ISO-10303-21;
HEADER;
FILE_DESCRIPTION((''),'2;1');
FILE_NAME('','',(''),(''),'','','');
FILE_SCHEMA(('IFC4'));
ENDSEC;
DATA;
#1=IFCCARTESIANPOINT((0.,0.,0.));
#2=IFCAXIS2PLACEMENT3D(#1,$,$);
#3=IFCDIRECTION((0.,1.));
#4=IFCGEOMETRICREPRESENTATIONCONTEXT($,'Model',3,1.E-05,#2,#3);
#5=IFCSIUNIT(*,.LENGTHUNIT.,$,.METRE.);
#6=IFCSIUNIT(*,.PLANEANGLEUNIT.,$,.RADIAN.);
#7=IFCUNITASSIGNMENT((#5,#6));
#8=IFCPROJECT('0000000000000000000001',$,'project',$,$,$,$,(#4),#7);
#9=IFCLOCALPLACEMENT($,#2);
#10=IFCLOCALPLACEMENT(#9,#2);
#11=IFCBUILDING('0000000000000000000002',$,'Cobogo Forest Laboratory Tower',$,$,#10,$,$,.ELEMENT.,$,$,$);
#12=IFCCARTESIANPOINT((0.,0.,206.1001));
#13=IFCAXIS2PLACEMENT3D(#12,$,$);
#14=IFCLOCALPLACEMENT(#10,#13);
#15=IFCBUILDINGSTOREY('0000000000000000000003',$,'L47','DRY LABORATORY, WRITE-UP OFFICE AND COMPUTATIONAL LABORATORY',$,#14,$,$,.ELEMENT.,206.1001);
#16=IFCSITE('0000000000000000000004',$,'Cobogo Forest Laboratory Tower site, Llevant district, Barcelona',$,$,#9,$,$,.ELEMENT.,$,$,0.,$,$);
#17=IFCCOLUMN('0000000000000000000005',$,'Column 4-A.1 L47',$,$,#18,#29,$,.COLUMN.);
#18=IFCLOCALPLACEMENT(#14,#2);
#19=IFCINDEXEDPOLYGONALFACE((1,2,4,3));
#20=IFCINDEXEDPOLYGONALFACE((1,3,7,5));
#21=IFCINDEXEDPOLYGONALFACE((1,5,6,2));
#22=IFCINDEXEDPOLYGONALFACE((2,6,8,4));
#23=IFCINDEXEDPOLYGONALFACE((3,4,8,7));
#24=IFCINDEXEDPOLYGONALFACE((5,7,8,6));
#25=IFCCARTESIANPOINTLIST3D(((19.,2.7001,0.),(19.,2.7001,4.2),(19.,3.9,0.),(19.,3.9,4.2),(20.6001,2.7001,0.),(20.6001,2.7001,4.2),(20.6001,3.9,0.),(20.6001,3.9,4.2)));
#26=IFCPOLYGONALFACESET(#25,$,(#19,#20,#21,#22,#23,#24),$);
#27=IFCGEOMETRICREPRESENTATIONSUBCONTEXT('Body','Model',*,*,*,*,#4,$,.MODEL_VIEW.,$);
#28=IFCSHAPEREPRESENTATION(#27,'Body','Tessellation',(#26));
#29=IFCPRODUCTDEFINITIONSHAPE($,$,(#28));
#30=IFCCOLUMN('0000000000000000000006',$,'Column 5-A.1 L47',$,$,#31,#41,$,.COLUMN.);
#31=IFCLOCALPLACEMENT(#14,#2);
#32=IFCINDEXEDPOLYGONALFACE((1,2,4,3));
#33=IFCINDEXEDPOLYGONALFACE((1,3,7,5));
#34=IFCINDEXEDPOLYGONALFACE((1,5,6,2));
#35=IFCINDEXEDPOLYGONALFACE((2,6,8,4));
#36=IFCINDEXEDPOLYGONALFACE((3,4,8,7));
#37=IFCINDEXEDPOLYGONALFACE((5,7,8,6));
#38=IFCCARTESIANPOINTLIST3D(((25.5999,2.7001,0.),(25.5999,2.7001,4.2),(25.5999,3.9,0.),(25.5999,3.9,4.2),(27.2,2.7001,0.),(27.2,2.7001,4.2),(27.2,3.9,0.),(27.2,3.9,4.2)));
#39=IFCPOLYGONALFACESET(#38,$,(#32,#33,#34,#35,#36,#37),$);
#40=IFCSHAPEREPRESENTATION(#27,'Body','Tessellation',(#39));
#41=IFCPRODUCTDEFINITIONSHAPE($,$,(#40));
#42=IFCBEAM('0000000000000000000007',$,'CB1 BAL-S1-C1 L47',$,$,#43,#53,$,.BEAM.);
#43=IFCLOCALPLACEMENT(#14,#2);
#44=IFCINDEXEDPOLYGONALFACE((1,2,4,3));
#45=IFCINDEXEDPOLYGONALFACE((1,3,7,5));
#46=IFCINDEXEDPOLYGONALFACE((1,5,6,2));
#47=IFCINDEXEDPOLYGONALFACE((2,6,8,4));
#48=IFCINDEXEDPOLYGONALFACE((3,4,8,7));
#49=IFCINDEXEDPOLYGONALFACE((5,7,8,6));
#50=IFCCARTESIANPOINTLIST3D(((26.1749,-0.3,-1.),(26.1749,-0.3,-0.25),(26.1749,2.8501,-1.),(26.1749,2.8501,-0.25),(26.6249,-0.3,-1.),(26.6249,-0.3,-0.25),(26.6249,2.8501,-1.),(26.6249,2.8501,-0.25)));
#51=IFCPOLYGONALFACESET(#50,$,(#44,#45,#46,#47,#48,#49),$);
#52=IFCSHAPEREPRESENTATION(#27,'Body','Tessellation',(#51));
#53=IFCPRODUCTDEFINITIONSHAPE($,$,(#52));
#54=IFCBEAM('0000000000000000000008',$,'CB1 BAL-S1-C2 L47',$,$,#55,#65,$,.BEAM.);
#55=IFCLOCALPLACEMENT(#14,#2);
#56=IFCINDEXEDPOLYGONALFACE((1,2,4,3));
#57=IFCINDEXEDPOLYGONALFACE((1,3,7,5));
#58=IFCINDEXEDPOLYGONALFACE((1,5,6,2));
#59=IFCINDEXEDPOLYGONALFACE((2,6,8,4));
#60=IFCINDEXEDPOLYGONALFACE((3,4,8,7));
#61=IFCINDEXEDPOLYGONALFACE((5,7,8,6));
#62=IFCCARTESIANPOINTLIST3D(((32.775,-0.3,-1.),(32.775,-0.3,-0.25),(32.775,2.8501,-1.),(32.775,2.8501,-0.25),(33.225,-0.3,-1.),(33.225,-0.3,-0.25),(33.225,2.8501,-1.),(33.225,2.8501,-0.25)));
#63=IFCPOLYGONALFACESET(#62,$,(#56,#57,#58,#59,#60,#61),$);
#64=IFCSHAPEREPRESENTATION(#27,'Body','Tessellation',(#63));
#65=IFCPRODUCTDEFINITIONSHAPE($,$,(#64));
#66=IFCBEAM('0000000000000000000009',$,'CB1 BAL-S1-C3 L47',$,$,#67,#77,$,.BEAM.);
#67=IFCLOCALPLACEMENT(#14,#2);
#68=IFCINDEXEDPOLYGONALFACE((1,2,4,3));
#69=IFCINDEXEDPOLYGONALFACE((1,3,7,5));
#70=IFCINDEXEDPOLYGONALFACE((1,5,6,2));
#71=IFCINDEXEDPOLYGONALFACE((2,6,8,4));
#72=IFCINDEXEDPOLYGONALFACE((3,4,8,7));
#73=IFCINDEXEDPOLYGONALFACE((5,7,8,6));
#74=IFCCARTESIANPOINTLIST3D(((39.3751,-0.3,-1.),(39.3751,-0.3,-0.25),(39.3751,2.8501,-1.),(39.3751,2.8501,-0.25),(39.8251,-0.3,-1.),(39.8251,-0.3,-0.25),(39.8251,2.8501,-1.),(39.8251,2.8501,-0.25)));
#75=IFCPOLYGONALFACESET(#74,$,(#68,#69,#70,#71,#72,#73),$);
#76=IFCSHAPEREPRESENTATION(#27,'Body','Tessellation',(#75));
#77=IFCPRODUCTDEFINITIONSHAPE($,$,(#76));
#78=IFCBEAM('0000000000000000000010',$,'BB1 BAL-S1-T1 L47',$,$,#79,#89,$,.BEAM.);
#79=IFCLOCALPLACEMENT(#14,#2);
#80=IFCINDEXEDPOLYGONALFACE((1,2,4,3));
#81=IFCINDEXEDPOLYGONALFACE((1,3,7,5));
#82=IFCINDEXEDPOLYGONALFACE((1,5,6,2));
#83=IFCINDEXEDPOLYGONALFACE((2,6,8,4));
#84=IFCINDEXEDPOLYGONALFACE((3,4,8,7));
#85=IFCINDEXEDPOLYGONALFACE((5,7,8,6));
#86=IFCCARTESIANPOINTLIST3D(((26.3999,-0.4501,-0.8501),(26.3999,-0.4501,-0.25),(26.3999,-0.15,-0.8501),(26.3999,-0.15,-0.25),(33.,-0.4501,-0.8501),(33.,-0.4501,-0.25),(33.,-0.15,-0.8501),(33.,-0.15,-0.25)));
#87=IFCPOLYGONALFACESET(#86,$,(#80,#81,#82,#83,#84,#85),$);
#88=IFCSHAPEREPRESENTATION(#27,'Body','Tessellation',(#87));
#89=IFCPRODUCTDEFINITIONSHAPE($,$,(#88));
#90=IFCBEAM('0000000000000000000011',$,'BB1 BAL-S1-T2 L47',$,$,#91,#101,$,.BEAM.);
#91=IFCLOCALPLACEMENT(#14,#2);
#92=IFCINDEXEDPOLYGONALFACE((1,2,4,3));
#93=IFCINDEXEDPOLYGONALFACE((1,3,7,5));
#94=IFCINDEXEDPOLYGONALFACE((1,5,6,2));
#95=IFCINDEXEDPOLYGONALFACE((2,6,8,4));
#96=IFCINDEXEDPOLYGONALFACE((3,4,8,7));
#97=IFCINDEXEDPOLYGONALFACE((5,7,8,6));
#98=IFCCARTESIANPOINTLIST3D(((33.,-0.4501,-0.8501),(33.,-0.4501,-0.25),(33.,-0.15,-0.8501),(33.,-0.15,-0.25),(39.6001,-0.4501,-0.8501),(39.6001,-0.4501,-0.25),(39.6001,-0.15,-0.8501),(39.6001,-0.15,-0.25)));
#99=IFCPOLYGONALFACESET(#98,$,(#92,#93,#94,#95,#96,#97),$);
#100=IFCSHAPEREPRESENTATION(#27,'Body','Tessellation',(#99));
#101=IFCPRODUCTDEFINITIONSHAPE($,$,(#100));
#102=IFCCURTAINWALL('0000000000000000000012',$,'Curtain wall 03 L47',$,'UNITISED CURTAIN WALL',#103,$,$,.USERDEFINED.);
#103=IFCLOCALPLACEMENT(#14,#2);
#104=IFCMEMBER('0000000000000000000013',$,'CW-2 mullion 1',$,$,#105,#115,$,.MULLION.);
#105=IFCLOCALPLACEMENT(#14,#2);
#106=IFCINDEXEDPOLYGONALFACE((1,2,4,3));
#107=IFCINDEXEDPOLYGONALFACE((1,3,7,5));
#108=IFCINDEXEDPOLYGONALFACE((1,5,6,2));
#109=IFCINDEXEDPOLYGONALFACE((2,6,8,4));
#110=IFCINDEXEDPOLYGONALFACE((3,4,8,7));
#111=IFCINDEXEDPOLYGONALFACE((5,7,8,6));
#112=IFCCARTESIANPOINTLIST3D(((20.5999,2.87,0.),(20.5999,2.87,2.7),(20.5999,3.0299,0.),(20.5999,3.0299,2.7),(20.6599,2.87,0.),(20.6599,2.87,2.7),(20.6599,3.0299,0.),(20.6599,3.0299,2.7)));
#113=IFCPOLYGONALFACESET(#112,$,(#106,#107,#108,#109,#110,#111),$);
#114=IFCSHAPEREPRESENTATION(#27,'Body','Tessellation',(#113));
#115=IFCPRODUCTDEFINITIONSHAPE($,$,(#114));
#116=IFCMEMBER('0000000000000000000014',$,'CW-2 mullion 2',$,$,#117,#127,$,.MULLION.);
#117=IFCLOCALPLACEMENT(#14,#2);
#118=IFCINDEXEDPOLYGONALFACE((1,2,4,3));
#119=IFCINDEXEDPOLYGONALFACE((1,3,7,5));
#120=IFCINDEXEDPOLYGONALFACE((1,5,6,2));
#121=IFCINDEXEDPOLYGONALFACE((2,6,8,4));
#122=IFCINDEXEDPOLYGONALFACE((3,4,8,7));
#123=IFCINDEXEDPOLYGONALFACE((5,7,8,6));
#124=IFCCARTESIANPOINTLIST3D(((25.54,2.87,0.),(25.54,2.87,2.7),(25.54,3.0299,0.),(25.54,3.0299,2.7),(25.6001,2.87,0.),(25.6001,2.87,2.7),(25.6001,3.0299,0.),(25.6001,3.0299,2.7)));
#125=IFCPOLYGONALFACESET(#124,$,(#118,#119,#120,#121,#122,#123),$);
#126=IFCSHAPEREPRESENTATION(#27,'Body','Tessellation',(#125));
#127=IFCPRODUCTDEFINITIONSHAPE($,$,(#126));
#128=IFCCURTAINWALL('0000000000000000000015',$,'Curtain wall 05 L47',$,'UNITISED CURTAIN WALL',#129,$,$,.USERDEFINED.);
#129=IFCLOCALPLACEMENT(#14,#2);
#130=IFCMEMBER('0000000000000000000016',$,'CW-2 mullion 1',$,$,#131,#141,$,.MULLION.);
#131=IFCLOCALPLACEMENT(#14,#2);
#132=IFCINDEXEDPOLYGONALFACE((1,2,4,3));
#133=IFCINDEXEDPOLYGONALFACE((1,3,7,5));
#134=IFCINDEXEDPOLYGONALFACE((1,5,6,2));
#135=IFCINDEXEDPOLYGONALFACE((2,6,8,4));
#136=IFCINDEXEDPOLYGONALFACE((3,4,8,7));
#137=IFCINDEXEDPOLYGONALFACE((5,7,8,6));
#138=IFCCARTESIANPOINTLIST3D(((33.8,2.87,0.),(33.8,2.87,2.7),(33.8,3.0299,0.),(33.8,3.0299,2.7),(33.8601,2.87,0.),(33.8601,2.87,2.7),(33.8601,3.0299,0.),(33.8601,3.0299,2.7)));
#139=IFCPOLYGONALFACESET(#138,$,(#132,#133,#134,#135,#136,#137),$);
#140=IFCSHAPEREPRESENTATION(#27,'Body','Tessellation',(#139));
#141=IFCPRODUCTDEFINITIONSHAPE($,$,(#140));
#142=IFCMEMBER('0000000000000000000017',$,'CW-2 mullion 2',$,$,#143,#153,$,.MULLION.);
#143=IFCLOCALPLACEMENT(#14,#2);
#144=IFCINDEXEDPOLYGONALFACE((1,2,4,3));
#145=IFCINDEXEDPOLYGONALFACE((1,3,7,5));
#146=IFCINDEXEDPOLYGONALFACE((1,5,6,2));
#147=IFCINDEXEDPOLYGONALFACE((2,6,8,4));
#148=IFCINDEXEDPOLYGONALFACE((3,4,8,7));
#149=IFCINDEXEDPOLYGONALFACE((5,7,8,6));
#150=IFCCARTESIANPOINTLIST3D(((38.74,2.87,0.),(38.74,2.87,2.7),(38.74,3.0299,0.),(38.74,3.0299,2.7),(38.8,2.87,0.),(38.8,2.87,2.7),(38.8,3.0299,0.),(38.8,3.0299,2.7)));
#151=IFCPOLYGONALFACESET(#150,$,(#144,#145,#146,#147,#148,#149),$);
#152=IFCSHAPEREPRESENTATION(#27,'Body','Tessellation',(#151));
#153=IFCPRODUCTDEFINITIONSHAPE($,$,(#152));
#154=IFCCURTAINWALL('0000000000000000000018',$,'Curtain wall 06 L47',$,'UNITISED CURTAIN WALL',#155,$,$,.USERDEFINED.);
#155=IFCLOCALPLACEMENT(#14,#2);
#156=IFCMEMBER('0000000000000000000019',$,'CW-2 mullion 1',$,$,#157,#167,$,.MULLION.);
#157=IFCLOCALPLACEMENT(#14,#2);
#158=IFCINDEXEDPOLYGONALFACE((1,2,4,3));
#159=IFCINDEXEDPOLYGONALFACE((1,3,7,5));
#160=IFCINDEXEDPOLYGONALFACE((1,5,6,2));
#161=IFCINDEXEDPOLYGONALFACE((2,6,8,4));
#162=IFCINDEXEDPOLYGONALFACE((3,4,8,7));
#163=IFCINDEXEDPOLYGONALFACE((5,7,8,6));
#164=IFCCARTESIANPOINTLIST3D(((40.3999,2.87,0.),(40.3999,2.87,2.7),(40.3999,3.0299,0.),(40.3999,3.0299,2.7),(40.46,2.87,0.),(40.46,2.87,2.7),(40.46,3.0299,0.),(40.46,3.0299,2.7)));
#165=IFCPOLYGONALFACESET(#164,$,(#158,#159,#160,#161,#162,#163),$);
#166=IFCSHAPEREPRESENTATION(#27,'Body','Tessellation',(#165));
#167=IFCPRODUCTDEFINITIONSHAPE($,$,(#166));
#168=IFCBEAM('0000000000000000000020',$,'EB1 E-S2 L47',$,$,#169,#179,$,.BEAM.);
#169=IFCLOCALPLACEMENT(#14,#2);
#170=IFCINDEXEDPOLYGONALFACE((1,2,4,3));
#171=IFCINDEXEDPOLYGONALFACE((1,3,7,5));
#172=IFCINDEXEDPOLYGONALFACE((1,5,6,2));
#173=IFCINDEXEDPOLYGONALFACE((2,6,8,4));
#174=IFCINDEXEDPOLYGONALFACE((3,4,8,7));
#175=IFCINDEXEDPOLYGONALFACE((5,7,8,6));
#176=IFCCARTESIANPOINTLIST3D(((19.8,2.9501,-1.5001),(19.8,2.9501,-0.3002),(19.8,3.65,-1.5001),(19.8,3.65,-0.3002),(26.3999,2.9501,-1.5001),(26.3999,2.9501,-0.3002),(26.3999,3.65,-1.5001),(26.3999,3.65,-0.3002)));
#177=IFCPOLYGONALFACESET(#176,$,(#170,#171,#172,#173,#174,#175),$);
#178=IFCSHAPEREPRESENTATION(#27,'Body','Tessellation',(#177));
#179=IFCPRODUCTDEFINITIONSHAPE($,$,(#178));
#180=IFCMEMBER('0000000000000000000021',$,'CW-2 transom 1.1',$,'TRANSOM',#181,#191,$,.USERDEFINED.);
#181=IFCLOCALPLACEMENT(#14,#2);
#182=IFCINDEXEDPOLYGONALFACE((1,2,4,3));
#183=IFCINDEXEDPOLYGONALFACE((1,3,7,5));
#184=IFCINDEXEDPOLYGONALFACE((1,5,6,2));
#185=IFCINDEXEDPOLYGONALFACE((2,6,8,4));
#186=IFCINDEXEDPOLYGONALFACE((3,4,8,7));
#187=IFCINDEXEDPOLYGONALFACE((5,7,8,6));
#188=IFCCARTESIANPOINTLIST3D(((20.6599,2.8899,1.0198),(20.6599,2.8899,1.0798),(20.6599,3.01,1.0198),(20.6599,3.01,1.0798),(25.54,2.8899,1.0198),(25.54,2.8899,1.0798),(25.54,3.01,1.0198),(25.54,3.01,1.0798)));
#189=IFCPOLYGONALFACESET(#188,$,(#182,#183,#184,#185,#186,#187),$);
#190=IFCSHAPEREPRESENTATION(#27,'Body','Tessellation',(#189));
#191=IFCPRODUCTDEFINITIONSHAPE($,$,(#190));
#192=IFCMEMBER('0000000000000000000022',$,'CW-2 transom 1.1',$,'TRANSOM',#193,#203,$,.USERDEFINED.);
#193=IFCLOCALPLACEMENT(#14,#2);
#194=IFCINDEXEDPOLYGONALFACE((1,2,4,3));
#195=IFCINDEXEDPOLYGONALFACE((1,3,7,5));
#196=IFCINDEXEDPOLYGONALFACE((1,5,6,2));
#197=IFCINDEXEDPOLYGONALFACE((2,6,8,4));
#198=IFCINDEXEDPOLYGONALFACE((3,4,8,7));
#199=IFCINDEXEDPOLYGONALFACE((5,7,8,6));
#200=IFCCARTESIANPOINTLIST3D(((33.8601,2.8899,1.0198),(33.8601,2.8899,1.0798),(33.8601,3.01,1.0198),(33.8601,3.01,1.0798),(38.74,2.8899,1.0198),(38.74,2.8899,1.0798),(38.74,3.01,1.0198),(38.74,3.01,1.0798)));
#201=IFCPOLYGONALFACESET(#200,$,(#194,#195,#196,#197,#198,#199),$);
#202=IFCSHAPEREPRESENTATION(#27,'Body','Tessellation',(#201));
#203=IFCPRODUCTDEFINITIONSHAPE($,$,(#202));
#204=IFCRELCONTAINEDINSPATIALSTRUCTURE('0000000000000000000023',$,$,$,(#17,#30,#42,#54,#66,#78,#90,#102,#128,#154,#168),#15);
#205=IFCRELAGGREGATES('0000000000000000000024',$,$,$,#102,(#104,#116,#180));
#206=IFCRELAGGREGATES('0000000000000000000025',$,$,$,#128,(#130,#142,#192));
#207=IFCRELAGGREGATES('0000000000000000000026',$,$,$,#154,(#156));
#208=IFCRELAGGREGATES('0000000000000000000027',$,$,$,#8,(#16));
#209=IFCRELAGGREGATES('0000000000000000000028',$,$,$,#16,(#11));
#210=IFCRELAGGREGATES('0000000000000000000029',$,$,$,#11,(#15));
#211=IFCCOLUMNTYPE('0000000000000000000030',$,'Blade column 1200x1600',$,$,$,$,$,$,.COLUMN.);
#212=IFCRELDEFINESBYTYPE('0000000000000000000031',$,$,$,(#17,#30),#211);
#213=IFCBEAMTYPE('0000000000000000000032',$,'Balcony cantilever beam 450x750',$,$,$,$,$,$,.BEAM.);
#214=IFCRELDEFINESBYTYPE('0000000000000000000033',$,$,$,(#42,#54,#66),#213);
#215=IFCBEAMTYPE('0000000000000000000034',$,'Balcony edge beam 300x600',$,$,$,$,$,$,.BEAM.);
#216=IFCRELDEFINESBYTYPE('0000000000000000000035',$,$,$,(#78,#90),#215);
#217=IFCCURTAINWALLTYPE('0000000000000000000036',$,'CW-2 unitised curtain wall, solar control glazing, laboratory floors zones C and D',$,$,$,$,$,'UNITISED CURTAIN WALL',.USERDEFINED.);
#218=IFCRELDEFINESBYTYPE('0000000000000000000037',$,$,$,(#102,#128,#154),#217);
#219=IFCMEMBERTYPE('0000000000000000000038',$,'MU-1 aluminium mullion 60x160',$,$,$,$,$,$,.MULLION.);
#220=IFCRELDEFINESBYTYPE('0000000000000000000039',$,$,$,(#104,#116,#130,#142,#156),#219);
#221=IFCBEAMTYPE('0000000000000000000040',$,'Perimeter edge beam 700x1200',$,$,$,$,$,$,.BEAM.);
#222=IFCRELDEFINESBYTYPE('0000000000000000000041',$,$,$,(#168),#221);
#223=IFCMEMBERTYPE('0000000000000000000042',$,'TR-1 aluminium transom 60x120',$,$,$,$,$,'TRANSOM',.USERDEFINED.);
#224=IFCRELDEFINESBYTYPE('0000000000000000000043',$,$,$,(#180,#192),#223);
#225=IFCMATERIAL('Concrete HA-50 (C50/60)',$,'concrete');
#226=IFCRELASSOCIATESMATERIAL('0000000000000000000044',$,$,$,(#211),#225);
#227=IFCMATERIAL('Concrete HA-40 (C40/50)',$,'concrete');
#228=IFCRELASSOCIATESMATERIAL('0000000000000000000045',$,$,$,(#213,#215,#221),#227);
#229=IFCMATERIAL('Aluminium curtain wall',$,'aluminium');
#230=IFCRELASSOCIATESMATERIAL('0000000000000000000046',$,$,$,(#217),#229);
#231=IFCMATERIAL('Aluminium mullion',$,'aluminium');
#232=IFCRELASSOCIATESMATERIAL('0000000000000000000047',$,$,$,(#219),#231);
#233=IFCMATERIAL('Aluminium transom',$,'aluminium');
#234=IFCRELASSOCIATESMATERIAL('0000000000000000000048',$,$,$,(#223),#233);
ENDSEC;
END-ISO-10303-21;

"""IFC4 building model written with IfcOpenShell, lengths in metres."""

from ifc_helpers import new_model, si_unit, direction, frame, origin, origin_2d, place, context, subcontext, project, spatial, rectangle, extrude, material, material_profile, profile_set, type_object, element, aggregate, save


model = new_model("IFC4")

# Units and contexts
model_context = context("Model", 3, precision=1e-05, world=origin(), true_north=direction((0.0, 1.0)))
body_context = subcontext(model_context, "Body", "Model", "MODEL_VIEW")
ifc_project = project(units=[si_unit("LENGTHUNIT", "METRE"), si_unit("PLANEANGLEUNIT", "RADIAN")], contexts=[model_context])

# Site, building, storey
site_placement = place(None, origin())
site = spatial("IfcSite", under=ifc_project, at=site_placement, Name="Cobogo Forest Laboratory Tower site, Llevant district, Barcelona", CompositionType="ELEMENT", RefElevation=0.0)
building_placement = place(site_placement, origin())
building = spatial("IfcBuilding", under=site, at=building_placement, Name="Cobogo Forest Laboratory Tower", CompositionType="ELEMENT")
storey_placement = place(building_placement, frame((0.0, 0.0, 206.1001)))
storey = spatial("IfcBuildingStorey", under=building, at=storey_placement, Name="L47", Description="DRY LABORATORY, WRITE-UP OFFICE AND COMPUTATIONAL LABORATORY", CompositionType="ELEMENT", Elevation=206.1001)

# Columns
ifc_material_1 = material(Name="Concrete HA-50 (C50/60)", Category="concrete")
ifc_material_profile_1 = material_profile(ifc_material_1, rectangle(XDim=1.6001, YDim=1.2, at=origin_2d()), Name="RC 1200x1600")
ifc_profile_set_1 = profile_set([ifc_material_profile_1], Name="Concrete HA-50 (C50/60)")
column_type = type_object("IfcColumnType", Name="Blade column 1200x1600", PredefinedType="COLUMN", material=ifc_profile_set_1)
for number, where, z_axis, x_axis, name in (
    (1, (19.8, 3.3, 0.0), (0.0, 0.0, 1.0), (1.0, 0.0, 0.0), "Column 4-A.1 L47"),
    (2, (26.3999, 3.3, 0.0), (0.0, 0.0, 1.0), (1.0, 0.0, 0.0), "Column 5-A.1 L47"),
):
    element("IfcColumn", number, at=place(storey_placement, frame(where, z_axis=z_axis, x_axis=x_axis)), inside=storey, type_object=column_type, Name=name, PredefinedType="COLUMN", context=body_context, shape_type="SweptSolid", body=[
        extrude(rectangle(XDim=1.6001, YDim=1.2, at=origin_2d()), origin(), (0.0, 0.0, 1.0), 4.2),
    ])

# Beams
ifc_material_2 = material(Name="Concrete HA-40 (C40/50)", Category="concrete")
ifc_material_profile_2 = material_profile(ifc_material_2, rectangle(XDim=0.45, YDim=0.75, at=origin_2d()), Name="RC 450x750")
ifc_profile_set_2 = profile_set([ifc_material_profile_2], Name="Concrete HA-40 (C40/50)")
beam_type_1 = type_object("IfcBeamType", Name="Balcony cantilever beam 450x750", PredefinedType="BEAM", material=ifc_profile_set_2)
for number, where, z_axis, x_axis, name in (
    (3, (26.3999, 2.8501, -0.625), (0.0, -1.0, 0.0), (1.0, 0.0, 0.0), "CB1 BAL-S1-C1 L47"),
    (4, (33.0, 2.8501, -0.625), (0.0, -1.0, 0.0), (1.0, 0.0, 0.0), "CB1 BAL-S1-C2 L47"),
    (5, (39.6001, 2.8501, -0.625), (0.0, -1.0, 0.0), (1.0, 0.0, 0.0), "CB1 BAL-S1-C3 L47"),
):
    element("IfcBeam", number, at=place(storey_placement, frame(where, z_axis=z_axis, x_axis=x_axis)), inside=storey, type_object=beam_type_1, Name=name, PredefinedType="BEAM", context=body_context, shape_type="SweptSolid", body=[
        extrude(rectangle(XDim=0.45, YDim=0.75, at=origin_2d()), origin(), (0.0, 0.0, 1.0), 3.1501),
    ])
ifc_material_profile_3 = material_profile(ifc_material_2, rectangle(XDim=0.3, YDim=0.6001, at=origin_2d()), Name="RC 300x600")
ifc_profile_set_3 = profile_set([ifc_material_profile_3], Name="Concrete HA-40 (C40/50)")
beam_type_2 = type_object("IfcBeamType", Name="Balcony edge beam 300x600", PredefinedType="BEAM", material=ifc_profile_set_3)
for number, where, z_axis, x_axis, name in (
    (6, (26.3999, -0.3, -0.55), (1.0, 0.0, 0.0), (0.0, 1.0, 0.0), "BB1 BAL-S1-T1 L47"),
    (7, (33.0, -0.3, -0.55), (1.0, 0.0, 0.0), (0.0, 1.0, 0.0), "BB1 BAL-S1-T2 L47"),
):
    element("IfcBeam", number, at=place(storey_placement, frame(where, z_axis=z_axis, x_axis=x_axis)), inside=storey, type_object=beam_type_2, Name=name, PredefinedType="BEAM", context=body_context, shape_type="SweptSolid", body=[
        extrude(rectangle(XDim=0.3, YDim=0.6001, at=origin_2d()), origin(), (0.0, 0.0, 1.0), 6.6001),
    ])

# Curtain walls, members
ifc_material_3 = material(Name="Aluminium curtain wall", Category="aluminium")
curtain_wall_type = type_object("IfcCurtainWallType", Name="CW-2 unitised curtain wall, solar control glazing, laboratory floors zones C and D", ElementType="UNITISED CURTAIN WALL", PredefinedType="USERDEFINED", material=ifc_material_3)
curtain_wall_1_placement = place(storey_placement, origin())
curtain_wall_1 = element("IfcCurtainWall", 8, at=curtain_wall_1_placement, inside=storey, type_object=curtain_wall_type, Name="Curtain wall 03 L47", ObjectType="UNITISED CURTAIN WALL", PredefinedType="USERDEFINED")
ifc_material_4 = material(Name="Aluminium mullion", Category="aluminium")
ifc_material_profile_4 = material_profile(ifc_material_4, rectangle(XDim=0.0601, YDim=0.1599, at=origin_2d()), Name="AL 60x160")
ifc_profile_set_4 = profile_set([ifc_material_profile_4], Name="Aluminium mullion")
member_type_1 = type_object("IfcMemberType", Name="MU-1 aluminium mullion 60x160", PredefinedType="MULLION", material=ifc_profile_set_4)
member_1_placement = place(storey_placement, frame((20.6299, 2.95, 0.0), z_axis=(0.0, 0.0, 1.0), x_axis=(1.0, 0.0, 0.0)))
member_1 = element("IfcMember", 9, at=member_1_placement, type_object=member_type_1, Name="CW-2 mullion 1", PredefinedType="MULLION", context=body_context, shape_type="SweptSolid", body=[
    extrude(rectangle(XDim=0.0601, YDim=0.1599, at=origin_2d()), origin(), (0.0, 0.0, 1.0), 2.7),
])
member_2_placement = place(storey_placement, frame((25.5701, 2.95, 0.0), z_axis=(0.0, 0.0, 1.0), x_axis=(1.0, 0.0, 0.0)))
member_2 = element("IfcMember", 10, at=member_2_placement, type_object=member_type_1, Name="CW-2 mullion 2", PredefinedType="MULLION", context=body_context, shape_type="SweptSolid", body=[
    extrude(rectangle(XDim=0.0601, YDim=0.1599, at=origin_2d()), origin(), (0.0, 0.0, 1.0), 2.7),
])
curtain_wall_2_placement = place(storey_placement, origin())
curtain_wall_2 = element("IfcCurtainWall", 11, at=curtain_wall_2_placement, inside=storey, type_object=curtain_wall_type, Name="Curtain wall 05 L47", ObjectType="UNITISED CURTAIN WALL", PredefinedType="USERDEFINED")
member_3_placement = place(storey_placement, frame((33.8301, 2.95, 0.0), z_axis=(0.0, 0.0, 1.0), x_axis=(1.0, 0.0, 0.0)))
member_3 = element("IfcMember", 12, at=member_3_placement, type_object=member_type_1, Name="CW-2 mullion 1", PredefinedType="MULLION", context=body_context, shape_type="SweptSolid", body=[
    extrude(rectangle(XDim=0.0601, YDim=0.1599, at=origin_2d()), origin(), (0.0, 0.0, 1.0), 2.7),
])
member_4_placement = place(storey_placement, frame((38.77, 2.95, 0.0), z_axis=(0.0, 0.0, 1.0), x_axis=(1.0, 0.0, 0.0)))
member_4 = element("IfcMember", 13, at=member_4_placement, type_object=member_type_1, Name="CW-2 mullion 2", PredefinedType="MULLION", context=body_context, shape_type="SweptSolid", body=[
    extrude(rectangle(XDim=0.0601, YDim=0.1599, at=origin_2d()), origin(), (0.0, 0.0, 1.0), 2.7),
])

# Curtain wall, member
curtain_wall_3_placement = place(storey_placement, origin())
curtain_wall_3 = element("IfcCurtainWall", 14, at=curtain_wall_3_placement, inside=storey, type_object=curtain_wall_type, Name="Curtain wall 06 L47", ObjectType="UNITISED CURTAIN WALL", PredefinedType="USERDEFINED")
member_5_placement = place(storey_placement, frame((40.4299, 2.95, 0.0), z_axis=(0.0, 0.0, 1.0), x_axis=(1.0, 0.0, 0.0)))
member_5 = element("IfcMember", 15, at=member_5_placement, type_object=member_type_1, Name="CW-2 mullion 1", PredefinedType="MULLION", context=body_context, shape_type="SweptSolid", body=[
    extrude(rectangle(XDim=0.0601, YDim=0.1599, at=origin_2d()), origin(), (0.0, 0.0, 1.0), 2.7),
])

# Beam
ifc_material_profile_5 = material_profile(ifc_material_2, rectangle(XDim=0.7, YDim=1.2, at=origin_2d()), Name="RC 700x1200")
ifc_profile_set_5 = profile_set([ifc_material_profile_5], Name="Concrete HA-40 (C40/50)")
beam_type_3 = type_object("IfcBeamType", Name="Perimeter edge beam 700x1200", PredefinedType="BEAM", material=ifc_profile_set_5)
beam_placement = place(storey_placement, frame((19.8, 3.3, -0.9001), z_axis=(1.0, 0.0, 0.0), x_axis=(0.0, 1.0, 0.0)))
element("IfcBeam", 16, at=beam_placement, inside=storey, type_object=beam_type_3, Name="EB1 E-S2 L47", PredefinedType="BEAM", context=body_context, shape_type="SweptSolid", body=[
    extrude(rectangle(XDim=0.7, YDim=1.2, at=origin_2d()), origin(), (0.0, 0.0, 1.0), 6.5999),
])

# Members
ifc_material_5 = material(Name="Aluminium transom", Category="aluminium")
ifc_material_profile_6 = material_profile(ifc_material_5, rectangle(XDim=0.1201, YDim=0.0601, at=origin_2d()), Name="AL 60x120")
ifc_profile_set_6 = profile_set([ifc_material_profile_6], Name="Aluminium transom")
member_type_2 = type_object("IfcMemberType", Name="TR-1 aluminium transom 60x120", ElementType="TRANSOM", PredefinedType="USERDEFINED", material=ifc_profile_set_6)
member_6_placement = place(storey_placement, frame((20.6599, 2.95, 1.0498), z_axis=(1.0, 0.0, 0.0), x_axis=(0.0, 1.0, 0.0)))
member_6 = element("IfcMember", 17, at=member_6_placement, type_object=member_type_2, Name="CW-2 transom 1.1", ObjectType="TRANSOM", PredefinedType="USERDEFINED", context=body_context, shape_type="SweptSolid", body=[
    extrude(rectangle(XDim=0.1201, YDim=0.0601, at=origin_2d()), origin(), (0.0, 0.0, 1.0), 4.8801),
])
member_7_placement = place(storey_placement, frame((33.8601, 2.95, 1.0498), z_axis=(1.0, 0.0, 0.0), x_axis=(0.0, 1.0, 0.0)))
member_7 = element("IfcMember", 18, at=member_7_placement, type_object=member_type_2, Name="CW-2 transom 1.1", ObjectType="TRANSOM", PredefinedType="USERDEFINED", context=body_context, shape_type="SweptSolid", body=[
    extrude(rectangle(XDim=0.1201, YDim=0.0601, at=origin_2d()), origin(), (0.0, 0.0, 1.0), 4.8799),
])

aggregate(curtain_wall_1, [member_1, member_2, member_6])
aggregate(curtain_wall_2, [member_3, member_4, member_7])
aggregate(curtain_wall_3, [member_5])

save(model, "model.ifc")
